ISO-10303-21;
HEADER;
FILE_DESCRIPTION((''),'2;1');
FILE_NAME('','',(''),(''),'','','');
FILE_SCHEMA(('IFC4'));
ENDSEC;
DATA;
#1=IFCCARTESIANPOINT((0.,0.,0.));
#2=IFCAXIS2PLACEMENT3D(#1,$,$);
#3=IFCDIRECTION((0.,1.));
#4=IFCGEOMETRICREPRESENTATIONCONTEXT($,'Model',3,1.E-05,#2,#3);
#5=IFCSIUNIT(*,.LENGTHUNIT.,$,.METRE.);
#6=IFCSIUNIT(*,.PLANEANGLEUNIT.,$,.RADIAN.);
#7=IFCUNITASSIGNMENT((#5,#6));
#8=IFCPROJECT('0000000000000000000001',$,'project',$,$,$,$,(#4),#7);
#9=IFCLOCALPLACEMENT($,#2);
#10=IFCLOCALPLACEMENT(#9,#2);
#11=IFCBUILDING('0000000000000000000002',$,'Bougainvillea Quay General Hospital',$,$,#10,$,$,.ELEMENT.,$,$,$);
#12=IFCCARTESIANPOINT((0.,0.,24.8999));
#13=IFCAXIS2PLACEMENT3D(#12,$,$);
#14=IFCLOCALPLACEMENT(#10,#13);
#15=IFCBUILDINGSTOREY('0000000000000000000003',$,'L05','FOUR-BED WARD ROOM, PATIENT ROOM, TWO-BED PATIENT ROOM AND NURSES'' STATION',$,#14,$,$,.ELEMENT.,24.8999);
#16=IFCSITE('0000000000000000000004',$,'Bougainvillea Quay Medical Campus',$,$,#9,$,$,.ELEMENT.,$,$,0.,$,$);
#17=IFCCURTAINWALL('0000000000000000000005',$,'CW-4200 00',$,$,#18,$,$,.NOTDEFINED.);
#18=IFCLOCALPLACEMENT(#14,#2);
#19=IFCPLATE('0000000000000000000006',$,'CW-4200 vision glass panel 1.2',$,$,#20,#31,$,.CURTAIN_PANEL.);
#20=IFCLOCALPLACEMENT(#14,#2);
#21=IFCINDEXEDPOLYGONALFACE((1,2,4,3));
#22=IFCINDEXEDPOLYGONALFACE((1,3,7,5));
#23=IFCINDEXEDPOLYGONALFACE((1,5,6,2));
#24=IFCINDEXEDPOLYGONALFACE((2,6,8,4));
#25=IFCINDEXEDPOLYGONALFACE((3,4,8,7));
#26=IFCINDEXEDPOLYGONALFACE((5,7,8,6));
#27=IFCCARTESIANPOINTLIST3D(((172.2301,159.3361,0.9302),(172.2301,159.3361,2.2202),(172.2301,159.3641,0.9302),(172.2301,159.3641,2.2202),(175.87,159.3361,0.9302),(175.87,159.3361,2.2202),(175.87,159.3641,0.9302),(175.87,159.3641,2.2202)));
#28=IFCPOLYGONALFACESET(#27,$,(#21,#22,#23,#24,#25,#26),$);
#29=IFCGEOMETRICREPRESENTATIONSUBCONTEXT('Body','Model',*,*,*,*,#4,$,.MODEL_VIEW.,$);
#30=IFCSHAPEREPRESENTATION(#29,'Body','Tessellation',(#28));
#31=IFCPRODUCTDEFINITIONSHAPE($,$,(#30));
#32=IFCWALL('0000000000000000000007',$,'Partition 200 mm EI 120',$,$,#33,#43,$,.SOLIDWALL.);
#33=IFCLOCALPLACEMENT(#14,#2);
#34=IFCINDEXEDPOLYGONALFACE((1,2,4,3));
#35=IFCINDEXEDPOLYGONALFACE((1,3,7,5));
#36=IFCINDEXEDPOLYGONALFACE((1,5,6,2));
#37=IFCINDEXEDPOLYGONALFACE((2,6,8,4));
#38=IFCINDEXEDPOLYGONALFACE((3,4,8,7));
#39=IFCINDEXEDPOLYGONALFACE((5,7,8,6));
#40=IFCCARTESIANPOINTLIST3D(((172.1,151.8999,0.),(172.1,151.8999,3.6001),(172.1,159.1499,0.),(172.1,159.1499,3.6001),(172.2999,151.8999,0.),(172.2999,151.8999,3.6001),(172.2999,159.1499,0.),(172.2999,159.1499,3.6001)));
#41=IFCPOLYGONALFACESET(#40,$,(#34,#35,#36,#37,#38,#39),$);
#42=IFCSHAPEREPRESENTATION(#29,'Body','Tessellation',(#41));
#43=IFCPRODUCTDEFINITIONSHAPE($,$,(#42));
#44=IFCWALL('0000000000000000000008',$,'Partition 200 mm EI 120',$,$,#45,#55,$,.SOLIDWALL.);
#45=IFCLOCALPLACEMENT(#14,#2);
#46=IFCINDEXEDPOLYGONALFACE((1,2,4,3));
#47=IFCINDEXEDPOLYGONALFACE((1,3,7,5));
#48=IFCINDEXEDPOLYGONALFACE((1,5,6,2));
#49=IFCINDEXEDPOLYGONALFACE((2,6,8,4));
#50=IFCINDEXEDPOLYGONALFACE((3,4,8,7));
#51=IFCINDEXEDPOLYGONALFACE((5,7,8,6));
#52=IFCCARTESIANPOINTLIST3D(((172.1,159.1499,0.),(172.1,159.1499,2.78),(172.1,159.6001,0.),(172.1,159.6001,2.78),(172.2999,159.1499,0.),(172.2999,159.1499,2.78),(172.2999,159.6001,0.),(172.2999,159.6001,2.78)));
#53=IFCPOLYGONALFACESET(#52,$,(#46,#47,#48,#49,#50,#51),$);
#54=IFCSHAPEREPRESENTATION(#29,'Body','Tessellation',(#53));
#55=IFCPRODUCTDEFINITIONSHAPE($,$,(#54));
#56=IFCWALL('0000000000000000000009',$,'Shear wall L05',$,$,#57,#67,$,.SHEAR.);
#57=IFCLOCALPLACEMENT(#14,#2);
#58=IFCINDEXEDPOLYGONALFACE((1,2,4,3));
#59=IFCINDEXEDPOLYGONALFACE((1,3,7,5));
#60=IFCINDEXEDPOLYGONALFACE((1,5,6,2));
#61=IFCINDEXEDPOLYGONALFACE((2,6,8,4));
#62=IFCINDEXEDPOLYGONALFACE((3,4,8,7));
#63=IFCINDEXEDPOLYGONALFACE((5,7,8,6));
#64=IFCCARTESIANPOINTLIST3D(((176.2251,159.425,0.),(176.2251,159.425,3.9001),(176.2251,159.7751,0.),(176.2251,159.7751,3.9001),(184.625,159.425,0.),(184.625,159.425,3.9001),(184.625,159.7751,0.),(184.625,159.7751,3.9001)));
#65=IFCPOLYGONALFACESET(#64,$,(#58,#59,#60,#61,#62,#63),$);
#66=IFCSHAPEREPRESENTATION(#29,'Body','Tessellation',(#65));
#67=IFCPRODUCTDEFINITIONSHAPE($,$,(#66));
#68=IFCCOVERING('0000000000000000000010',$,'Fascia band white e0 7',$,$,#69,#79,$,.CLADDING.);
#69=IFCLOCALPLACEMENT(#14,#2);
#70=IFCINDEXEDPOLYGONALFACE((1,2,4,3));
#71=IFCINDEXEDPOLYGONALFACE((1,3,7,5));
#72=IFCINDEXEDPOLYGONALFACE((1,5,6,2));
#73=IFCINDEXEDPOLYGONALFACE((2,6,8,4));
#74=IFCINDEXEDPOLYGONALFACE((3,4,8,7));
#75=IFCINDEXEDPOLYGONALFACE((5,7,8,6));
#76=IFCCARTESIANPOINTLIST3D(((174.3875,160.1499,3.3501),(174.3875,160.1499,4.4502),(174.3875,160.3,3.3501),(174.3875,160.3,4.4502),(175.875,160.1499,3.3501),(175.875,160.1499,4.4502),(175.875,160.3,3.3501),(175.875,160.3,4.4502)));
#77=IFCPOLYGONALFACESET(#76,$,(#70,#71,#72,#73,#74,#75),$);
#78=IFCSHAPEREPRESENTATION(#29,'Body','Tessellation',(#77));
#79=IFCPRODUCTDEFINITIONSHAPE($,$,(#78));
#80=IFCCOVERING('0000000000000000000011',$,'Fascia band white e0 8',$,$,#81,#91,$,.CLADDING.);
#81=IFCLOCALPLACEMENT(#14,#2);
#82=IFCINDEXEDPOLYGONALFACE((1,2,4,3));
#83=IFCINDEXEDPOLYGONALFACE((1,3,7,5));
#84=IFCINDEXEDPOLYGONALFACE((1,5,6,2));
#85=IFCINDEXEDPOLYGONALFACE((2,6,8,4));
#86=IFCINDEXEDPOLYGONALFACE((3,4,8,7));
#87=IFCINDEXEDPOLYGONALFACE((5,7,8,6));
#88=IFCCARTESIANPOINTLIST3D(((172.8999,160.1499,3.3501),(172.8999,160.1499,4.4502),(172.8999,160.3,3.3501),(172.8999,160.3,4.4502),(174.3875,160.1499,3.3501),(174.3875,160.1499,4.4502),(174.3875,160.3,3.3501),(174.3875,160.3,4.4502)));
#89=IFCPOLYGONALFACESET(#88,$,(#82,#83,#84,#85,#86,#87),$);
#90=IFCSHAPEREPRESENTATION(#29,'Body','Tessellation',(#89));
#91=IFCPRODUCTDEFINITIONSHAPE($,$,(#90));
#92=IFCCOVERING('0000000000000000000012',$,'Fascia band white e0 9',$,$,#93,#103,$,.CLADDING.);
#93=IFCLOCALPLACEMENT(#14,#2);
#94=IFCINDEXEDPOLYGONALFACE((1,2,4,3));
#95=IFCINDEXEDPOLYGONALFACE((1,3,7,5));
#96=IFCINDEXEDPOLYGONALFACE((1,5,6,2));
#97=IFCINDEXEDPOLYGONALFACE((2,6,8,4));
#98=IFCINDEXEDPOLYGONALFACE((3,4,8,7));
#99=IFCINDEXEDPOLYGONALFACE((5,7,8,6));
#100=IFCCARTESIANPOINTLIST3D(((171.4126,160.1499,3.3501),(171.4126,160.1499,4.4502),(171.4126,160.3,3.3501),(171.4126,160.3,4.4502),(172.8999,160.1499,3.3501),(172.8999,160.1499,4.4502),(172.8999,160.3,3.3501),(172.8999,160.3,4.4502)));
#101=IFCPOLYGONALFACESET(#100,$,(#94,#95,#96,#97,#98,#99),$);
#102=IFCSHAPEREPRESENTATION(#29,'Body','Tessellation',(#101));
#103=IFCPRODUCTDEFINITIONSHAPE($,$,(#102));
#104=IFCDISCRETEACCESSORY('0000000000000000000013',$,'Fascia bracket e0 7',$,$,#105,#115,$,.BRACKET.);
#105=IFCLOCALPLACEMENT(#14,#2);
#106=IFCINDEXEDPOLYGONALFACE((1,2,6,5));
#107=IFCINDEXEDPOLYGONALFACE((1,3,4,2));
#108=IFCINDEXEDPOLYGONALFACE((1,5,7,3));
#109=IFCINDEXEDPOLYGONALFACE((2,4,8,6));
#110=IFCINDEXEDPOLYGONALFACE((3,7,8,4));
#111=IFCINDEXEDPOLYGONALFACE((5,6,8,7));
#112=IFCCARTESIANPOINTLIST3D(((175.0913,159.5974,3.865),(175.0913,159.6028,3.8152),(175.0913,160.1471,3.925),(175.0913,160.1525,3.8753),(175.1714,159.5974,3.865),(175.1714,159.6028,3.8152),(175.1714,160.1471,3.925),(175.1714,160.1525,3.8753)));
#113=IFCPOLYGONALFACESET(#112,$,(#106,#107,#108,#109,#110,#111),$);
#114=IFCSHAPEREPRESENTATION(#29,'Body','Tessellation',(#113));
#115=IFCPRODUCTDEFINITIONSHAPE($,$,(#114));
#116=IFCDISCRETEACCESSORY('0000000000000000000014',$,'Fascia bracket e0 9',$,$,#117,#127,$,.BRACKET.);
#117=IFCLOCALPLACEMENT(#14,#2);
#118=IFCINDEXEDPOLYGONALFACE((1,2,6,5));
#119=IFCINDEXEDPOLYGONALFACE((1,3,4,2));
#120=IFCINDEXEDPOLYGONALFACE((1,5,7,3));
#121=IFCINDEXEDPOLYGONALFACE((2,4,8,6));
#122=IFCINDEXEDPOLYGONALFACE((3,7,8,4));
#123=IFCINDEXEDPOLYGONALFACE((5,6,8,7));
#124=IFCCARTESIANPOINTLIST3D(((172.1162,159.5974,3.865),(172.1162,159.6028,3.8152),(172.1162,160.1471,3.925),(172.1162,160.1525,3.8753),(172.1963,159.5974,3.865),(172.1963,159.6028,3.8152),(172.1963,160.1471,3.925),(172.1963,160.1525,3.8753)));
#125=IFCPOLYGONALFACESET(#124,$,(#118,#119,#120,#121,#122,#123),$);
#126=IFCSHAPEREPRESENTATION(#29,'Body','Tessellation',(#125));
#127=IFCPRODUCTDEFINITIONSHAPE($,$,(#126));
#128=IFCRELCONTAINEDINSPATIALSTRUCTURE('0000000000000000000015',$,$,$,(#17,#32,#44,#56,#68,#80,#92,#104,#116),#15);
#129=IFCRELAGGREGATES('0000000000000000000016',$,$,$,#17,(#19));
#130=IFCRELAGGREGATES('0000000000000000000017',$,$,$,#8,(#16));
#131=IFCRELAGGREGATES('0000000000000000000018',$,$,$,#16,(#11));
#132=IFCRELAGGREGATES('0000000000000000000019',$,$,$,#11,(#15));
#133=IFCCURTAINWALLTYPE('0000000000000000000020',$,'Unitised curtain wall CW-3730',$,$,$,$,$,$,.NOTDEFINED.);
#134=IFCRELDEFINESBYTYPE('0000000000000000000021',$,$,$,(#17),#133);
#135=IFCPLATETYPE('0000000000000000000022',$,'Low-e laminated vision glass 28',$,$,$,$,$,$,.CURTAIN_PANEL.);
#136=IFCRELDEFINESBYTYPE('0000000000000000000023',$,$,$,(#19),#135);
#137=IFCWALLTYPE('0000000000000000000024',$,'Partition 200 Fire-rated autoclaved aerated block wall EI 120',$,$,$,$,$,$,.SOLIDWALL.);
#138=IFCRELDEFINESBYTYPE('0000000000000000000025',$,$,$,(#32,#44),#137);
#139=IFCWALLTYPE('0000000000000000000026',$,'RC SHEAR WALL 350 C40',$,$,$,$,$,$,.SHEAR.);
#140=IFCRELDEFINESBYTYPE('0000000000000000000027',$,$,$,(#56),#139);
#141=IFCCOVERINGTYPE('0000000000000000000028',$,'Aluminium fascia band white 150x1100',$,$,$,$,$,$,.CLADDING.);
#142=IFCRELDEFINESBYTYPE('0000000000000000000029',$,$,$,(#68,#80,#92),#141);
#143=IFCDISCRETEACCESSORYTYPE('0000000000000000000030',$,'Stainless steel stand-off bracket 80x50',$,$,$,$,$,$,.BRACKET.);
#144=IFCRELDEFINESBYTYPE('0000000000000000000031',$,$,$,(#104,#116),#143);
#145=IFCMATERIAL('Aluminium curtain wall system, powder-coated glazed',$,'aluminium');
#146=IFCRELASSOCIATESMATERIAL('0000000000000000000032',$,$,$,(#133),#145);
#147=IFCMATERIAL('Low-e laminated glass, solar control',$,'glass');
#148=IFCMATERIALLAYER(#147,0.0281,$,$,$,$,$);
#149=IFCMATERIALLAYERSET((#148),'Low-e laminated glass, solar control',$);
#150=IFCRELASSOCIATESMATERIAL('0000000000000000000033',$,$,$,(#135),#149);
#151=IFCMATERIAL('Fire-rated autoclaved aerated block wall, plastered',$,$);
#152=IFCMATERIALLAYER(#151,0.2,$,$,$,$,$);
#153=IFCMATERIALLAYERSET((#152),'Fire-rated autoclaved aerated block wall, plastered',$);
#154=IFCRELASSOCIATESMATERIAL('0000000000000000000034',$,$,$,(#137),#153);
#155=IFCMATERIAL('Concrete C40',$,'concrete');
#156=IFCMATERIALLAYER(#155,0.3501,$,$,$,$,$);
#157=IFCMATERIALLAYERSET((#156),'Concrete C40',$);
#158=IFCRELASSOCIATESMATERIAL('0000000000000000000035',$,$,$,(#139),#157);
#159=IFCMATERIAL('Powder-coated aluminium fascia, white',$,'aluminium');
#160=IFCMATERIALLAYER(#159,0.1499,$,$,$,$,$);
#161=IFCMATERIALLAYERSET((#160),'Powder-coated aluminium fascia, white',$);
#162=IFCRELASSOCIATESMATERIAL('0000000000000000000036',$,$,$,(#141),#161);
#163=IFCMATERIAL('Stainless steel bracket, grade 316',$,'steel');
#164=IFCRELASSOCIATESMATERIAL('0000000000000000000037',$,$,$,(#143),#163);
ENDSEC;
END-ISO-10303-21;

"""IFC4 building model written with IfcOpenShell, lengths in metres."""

from ifc_helpers import new_model, si_unit, direction, frame, frame_2d, origin, origin_2d, place, context, subcontext, project, spatial, polyline, rectangle, outline, extrude, material, layer, layer_set, material_profile, profile_set, type_object, element, aggregate, save


model = new_model("IFC4")

# Units and contexts
model_context = context("Model", 3, precision=1e-05, world=origin(), true_north=direction((0.0, 1.0)))
body_context = subcontext(model_context, "Body", "Model", "MODEL_VIEW")
ifc_project = project(units=[si_unit("LENGTHUNIT", "METRE"), si_unit("PLANEANGLEUNIT", "RADIAN")], contexts=[model_context])

# Site, building, storey
site_placement = place(None, origin())
site = spatial("IfcSite", under=ifc_project, at=site_placement, Name="Bougainvillea Quay Medical Campus", CompositionType="ELEMENT", RefElevation=0.0)
building_placement = place(site_placement, origin())
building = spatial("IfcBuilding", under=site, at=building_placement, Name="Bougainvillea Quay General Hospital", CompositionType="ELEMENT")
storey_placement = place(building_placement, frame((0.0, 0.0, 24.8999)))
storey = spatial("IfcBuildingStorey", under=building, at=storey_placement, Name="L05", Description="FOUR-BED WARD ROOM, PATIENT ROOM, TWO-BED PATIENT ROOM AND NURSES' STATION", CompositionType="ELEMENT", Elevation=24.8999)

# Shared definitions
ifc_material_1 = material(Name="Concrete C40", Category="concrete")

# Curtain wall
ifc_material_2 = material(Name="Aluminium curtain wall system, powder-coated glazed", Category="aluminium")
curtain_wall_type = type_object("IfcCurtainWallType", Name="Unitised curtain wall CW-3730", PredefinedType="NOTDEFINED", material=ifc_material_2)
curtain_wall_placement = place(storey_placement, origin())
curtain_wall = element("IfcCurtainWall", 1, at=curtain_wall_placement, inside=storey, type_object=curtain_wall_type, Name="CW-4200 00", PredefinedType="NOTDEFINED")

# Plate
ifc_material_3 = material(Name="Low-e laminated glass, solar control", Category="glass")
ifc_layer_1 = layer(ifc_material_3, 0.0281)
ifc_layer_set_1 = layer_set([ifc_layer_1], Name="Low-e laminated glass, solar control")
plate_type_1 = type_object("IfcPlateType", Name="Low-e laminated vision glass 28", PredefinedType="CURTAIN_PANEL", material=ifc_layer_set_1)
plate_1_placement = place(storey_placement, frame((174.05, 159.3501, 0.9302), z_axis=(0.0, 0.0, 1.0), x_axis=(-1.0, 0.0, 0.0)))
plate_1 = element("IfcPlate", 2, at=plate_1_placement, type_object=plate_type_1, Name="CW-4200 vision glass panel 1.2", PredefinedType="CURTAIN_PANEL", context=body_context, shape_type="SweptSolid", body=[
    extrude(rectangle(XDim=3.6399, YDim=0.0281, at=origin_2d()), origin(), (0.0, 0.0, 1.0), 1.29),
])
aggregate(curtain_wall, [plate_1])

# Walls
ifc_material_4 = material(Name="Fire-rated autoclaved aerated block wall, plastered")
ifc_layer_2 = layer(ifc_material_4, 0.2)
ifc_layer_set_2 = layer_set([ifc_layer_2], Name="Fire-rated autoclaved aerated block wall, plastered")
wall_type_1 = type_object("IfcWallType", Name="Partition 200 Fire-rated autoclaved aerated block wall EI 120", PredefinedType="SOLIDWALL", material=ifc_layer_set_2)
wall_1_placement = place(storey_placement, frame((172.2, 151.8999, 0.0), z_axis=(0.0, 0.0, 1.0), x_axis=(0.0, 1.0, 0.0)))
element("IfcWall", 3, at=wall_1_placement, inside=storey, type_object=wall_type_1, Name="Partition 200 mm EI 120", PredefinedType="SOLIDWALL", context=body_context, shape_type="SweptSolid", body=[
    extrude(rectangle(XDim=7.25, YDim=0.2, at=frame_2d((3.625, 0.0))), origin(), (0.0, 0.0, 1.0), 3.6001),
])
wall_2_placement = place(storey_placement, frame((172.2, 159.1499, 0.0), z_axis=(0.0, 0.0, 1.0), x_axis=(0.0, 1.0, 0.0)))
element("IfcWall", 4, at=wall_2_placement, inside=storey, type_object=wall_type_1, Name="Partition 200 mm EI 120", PredefinedType="SOLIDWALL", context=body_context, shape_type="SweptSolid", body=[
    extrude(rectangle(XDim=0.4502, YDim=0.2, at=frame_2d((0.2251, 0.0))), origin(), (0.0, 0.0, 1.0), 2.78),
])
ifc_layer_3 = layer(ifc_material_1, 0.3501)
ifc_layer_set_3 = layer_set([ifc_layer_3], Name="Concrete C40")
wall_type_2 = type_object("IfcWallType", Name="RC SHEAR WALL 350 C40", PredefinedType="SHEAR", material=ifc_layer_set_3)
wall_3_placement = place(storey_placement, frame((176.2251, 159.6001, 0.0), z_axis=(0.0, 0.0, 1.0), x_axis=(1.0, 0.0, 0.0)))
element("IfcWall", 5, at=wall_3_placement, inside=storey, type_object=wall_type_2, Name="Shear wall L05", PredefinedType="SHEAR", context=body_context, shape_type="SweptSolid", body=[
    extrude(rectangle(XDim=8.3999, YDim=0.3501, at=frame_2d((4.2, 0.0))), origin(), (0.0, 0.0, 1.0), 3.9001),
])

# Coverings
ifc_material_5 = material(Name="Powder-coated aluminium fascia, white", Category="aluminium")
ifc_layer_4 = layer(ifc_material_5, 0.1499)
ifc_layer_set_4 = layer_set([ifc_layer_4], Name="Powder-coated aluminium fascia, white")
covering_type = type_object("IfcCoveringType", Name="Aluminium fascia band white 150x1100", PredefinedType="CLADDING", material=ifc_layer_set_4)
for number, where, z_axis, x_axis, name in (
    (6, (175.875, 160.1499, 3.3501), (0.0, 0.0, 1.0), (-1.0, 0.0, 0.0), "Fascia band white e0 7"),
    (7, (174.3875, 160.1499, 3.3501), (0.0, 0.0, 1.0), (-1.0, 0.0, 0.0), "Fascia band white e0 8"),
):
    element("IfcCovering", number, at=place(storey_placement, frame(where, z_axis=z_axis, x_axis=x_axis)), inside=storey, type_object=covering_type, Name=name, PredefinedType="CLADDING", context=body_context, shape_type="SweptSolid", body=[
        extrude(outline(polyline([(0.0, 0.0), (1.4875, 0.0), (1.4875, -0.1501), (0.0, -0.1501), (0.0, 0.0)])), origin(), (0.0, 0.0, 1.0), 1.1001),
    ])
covering_placement = place(storey_placement, frame((172.8999, 160.1499, 3.3501), z_axis=(0.0, 0.0, 1.0), x_axis=(-1.0, 0.0, 0.0)))
element("IfcCovering", 8, at=covering_placement, inside=storey, type_object=covering_type, Name="Fascia band white e0 9", PredefinedType="CLADDING", context=body_context, shape_type="SweptSolid", body=[
    extrude(outline(polyline([(0.0, 0.0), (1.4873, 0.0), (1.4873, -0.1501), (0.0, -0.1501), (0.0, 0.0)])), origin(), (0.0, 0.0, 1.0), 1.1001),
])

# Discrete accessories
ifc_material_6 = material(Name="Stainless steel bracket, grade 316", Category="steel")
ifc_material_profile_1 = material_profile(ifc_material_6, rectangle(XDim=0.0801, YDim=0.05, at=origin_2d()))
ifc_profile_set_1 = profile_set([ifc_material_profile_1], Name="Stainless steel bracket, grade 316")
discrete_accessory_type = type_object("IfcDiscreteAccessoryType", Name="Stainless steel stand-off bracket 80x50", PredefinedType="BRACKET", material=ifc_profile_set_1)
for number, where, z_axis, x_axis, name in (
    (9, (175.1313, 159.6001, 3.8401), (0.0, 0.994087, 0.10859), (-1.0, 0.0, 0.0), "Fascia bracket e0 7"),
    (10, (172.1562, 159.6001, 3.8401), (0.0, 0.994087, 0.10859), (-1.0, 0.0, 0.0), "Fascia bracket e0 9"),
):
    element("IfcDiscreteAccessory", number, at=place(storey_placement, frame(where, z_axis=z_axis, x_axis=x_axis)), inside=storey, type_object=discrete_accessory_type, Name=name, PredefinedType="BRACKET", context=body_context, shape_type="SweptSolid", body=[
        extrude(rectangle(XDim=0.0801, YDim=0.05, at=origin_2d()), origin(), (0.0, 0.0, 1.0), 0.553),
    ])

save(model, "model.ifc")
